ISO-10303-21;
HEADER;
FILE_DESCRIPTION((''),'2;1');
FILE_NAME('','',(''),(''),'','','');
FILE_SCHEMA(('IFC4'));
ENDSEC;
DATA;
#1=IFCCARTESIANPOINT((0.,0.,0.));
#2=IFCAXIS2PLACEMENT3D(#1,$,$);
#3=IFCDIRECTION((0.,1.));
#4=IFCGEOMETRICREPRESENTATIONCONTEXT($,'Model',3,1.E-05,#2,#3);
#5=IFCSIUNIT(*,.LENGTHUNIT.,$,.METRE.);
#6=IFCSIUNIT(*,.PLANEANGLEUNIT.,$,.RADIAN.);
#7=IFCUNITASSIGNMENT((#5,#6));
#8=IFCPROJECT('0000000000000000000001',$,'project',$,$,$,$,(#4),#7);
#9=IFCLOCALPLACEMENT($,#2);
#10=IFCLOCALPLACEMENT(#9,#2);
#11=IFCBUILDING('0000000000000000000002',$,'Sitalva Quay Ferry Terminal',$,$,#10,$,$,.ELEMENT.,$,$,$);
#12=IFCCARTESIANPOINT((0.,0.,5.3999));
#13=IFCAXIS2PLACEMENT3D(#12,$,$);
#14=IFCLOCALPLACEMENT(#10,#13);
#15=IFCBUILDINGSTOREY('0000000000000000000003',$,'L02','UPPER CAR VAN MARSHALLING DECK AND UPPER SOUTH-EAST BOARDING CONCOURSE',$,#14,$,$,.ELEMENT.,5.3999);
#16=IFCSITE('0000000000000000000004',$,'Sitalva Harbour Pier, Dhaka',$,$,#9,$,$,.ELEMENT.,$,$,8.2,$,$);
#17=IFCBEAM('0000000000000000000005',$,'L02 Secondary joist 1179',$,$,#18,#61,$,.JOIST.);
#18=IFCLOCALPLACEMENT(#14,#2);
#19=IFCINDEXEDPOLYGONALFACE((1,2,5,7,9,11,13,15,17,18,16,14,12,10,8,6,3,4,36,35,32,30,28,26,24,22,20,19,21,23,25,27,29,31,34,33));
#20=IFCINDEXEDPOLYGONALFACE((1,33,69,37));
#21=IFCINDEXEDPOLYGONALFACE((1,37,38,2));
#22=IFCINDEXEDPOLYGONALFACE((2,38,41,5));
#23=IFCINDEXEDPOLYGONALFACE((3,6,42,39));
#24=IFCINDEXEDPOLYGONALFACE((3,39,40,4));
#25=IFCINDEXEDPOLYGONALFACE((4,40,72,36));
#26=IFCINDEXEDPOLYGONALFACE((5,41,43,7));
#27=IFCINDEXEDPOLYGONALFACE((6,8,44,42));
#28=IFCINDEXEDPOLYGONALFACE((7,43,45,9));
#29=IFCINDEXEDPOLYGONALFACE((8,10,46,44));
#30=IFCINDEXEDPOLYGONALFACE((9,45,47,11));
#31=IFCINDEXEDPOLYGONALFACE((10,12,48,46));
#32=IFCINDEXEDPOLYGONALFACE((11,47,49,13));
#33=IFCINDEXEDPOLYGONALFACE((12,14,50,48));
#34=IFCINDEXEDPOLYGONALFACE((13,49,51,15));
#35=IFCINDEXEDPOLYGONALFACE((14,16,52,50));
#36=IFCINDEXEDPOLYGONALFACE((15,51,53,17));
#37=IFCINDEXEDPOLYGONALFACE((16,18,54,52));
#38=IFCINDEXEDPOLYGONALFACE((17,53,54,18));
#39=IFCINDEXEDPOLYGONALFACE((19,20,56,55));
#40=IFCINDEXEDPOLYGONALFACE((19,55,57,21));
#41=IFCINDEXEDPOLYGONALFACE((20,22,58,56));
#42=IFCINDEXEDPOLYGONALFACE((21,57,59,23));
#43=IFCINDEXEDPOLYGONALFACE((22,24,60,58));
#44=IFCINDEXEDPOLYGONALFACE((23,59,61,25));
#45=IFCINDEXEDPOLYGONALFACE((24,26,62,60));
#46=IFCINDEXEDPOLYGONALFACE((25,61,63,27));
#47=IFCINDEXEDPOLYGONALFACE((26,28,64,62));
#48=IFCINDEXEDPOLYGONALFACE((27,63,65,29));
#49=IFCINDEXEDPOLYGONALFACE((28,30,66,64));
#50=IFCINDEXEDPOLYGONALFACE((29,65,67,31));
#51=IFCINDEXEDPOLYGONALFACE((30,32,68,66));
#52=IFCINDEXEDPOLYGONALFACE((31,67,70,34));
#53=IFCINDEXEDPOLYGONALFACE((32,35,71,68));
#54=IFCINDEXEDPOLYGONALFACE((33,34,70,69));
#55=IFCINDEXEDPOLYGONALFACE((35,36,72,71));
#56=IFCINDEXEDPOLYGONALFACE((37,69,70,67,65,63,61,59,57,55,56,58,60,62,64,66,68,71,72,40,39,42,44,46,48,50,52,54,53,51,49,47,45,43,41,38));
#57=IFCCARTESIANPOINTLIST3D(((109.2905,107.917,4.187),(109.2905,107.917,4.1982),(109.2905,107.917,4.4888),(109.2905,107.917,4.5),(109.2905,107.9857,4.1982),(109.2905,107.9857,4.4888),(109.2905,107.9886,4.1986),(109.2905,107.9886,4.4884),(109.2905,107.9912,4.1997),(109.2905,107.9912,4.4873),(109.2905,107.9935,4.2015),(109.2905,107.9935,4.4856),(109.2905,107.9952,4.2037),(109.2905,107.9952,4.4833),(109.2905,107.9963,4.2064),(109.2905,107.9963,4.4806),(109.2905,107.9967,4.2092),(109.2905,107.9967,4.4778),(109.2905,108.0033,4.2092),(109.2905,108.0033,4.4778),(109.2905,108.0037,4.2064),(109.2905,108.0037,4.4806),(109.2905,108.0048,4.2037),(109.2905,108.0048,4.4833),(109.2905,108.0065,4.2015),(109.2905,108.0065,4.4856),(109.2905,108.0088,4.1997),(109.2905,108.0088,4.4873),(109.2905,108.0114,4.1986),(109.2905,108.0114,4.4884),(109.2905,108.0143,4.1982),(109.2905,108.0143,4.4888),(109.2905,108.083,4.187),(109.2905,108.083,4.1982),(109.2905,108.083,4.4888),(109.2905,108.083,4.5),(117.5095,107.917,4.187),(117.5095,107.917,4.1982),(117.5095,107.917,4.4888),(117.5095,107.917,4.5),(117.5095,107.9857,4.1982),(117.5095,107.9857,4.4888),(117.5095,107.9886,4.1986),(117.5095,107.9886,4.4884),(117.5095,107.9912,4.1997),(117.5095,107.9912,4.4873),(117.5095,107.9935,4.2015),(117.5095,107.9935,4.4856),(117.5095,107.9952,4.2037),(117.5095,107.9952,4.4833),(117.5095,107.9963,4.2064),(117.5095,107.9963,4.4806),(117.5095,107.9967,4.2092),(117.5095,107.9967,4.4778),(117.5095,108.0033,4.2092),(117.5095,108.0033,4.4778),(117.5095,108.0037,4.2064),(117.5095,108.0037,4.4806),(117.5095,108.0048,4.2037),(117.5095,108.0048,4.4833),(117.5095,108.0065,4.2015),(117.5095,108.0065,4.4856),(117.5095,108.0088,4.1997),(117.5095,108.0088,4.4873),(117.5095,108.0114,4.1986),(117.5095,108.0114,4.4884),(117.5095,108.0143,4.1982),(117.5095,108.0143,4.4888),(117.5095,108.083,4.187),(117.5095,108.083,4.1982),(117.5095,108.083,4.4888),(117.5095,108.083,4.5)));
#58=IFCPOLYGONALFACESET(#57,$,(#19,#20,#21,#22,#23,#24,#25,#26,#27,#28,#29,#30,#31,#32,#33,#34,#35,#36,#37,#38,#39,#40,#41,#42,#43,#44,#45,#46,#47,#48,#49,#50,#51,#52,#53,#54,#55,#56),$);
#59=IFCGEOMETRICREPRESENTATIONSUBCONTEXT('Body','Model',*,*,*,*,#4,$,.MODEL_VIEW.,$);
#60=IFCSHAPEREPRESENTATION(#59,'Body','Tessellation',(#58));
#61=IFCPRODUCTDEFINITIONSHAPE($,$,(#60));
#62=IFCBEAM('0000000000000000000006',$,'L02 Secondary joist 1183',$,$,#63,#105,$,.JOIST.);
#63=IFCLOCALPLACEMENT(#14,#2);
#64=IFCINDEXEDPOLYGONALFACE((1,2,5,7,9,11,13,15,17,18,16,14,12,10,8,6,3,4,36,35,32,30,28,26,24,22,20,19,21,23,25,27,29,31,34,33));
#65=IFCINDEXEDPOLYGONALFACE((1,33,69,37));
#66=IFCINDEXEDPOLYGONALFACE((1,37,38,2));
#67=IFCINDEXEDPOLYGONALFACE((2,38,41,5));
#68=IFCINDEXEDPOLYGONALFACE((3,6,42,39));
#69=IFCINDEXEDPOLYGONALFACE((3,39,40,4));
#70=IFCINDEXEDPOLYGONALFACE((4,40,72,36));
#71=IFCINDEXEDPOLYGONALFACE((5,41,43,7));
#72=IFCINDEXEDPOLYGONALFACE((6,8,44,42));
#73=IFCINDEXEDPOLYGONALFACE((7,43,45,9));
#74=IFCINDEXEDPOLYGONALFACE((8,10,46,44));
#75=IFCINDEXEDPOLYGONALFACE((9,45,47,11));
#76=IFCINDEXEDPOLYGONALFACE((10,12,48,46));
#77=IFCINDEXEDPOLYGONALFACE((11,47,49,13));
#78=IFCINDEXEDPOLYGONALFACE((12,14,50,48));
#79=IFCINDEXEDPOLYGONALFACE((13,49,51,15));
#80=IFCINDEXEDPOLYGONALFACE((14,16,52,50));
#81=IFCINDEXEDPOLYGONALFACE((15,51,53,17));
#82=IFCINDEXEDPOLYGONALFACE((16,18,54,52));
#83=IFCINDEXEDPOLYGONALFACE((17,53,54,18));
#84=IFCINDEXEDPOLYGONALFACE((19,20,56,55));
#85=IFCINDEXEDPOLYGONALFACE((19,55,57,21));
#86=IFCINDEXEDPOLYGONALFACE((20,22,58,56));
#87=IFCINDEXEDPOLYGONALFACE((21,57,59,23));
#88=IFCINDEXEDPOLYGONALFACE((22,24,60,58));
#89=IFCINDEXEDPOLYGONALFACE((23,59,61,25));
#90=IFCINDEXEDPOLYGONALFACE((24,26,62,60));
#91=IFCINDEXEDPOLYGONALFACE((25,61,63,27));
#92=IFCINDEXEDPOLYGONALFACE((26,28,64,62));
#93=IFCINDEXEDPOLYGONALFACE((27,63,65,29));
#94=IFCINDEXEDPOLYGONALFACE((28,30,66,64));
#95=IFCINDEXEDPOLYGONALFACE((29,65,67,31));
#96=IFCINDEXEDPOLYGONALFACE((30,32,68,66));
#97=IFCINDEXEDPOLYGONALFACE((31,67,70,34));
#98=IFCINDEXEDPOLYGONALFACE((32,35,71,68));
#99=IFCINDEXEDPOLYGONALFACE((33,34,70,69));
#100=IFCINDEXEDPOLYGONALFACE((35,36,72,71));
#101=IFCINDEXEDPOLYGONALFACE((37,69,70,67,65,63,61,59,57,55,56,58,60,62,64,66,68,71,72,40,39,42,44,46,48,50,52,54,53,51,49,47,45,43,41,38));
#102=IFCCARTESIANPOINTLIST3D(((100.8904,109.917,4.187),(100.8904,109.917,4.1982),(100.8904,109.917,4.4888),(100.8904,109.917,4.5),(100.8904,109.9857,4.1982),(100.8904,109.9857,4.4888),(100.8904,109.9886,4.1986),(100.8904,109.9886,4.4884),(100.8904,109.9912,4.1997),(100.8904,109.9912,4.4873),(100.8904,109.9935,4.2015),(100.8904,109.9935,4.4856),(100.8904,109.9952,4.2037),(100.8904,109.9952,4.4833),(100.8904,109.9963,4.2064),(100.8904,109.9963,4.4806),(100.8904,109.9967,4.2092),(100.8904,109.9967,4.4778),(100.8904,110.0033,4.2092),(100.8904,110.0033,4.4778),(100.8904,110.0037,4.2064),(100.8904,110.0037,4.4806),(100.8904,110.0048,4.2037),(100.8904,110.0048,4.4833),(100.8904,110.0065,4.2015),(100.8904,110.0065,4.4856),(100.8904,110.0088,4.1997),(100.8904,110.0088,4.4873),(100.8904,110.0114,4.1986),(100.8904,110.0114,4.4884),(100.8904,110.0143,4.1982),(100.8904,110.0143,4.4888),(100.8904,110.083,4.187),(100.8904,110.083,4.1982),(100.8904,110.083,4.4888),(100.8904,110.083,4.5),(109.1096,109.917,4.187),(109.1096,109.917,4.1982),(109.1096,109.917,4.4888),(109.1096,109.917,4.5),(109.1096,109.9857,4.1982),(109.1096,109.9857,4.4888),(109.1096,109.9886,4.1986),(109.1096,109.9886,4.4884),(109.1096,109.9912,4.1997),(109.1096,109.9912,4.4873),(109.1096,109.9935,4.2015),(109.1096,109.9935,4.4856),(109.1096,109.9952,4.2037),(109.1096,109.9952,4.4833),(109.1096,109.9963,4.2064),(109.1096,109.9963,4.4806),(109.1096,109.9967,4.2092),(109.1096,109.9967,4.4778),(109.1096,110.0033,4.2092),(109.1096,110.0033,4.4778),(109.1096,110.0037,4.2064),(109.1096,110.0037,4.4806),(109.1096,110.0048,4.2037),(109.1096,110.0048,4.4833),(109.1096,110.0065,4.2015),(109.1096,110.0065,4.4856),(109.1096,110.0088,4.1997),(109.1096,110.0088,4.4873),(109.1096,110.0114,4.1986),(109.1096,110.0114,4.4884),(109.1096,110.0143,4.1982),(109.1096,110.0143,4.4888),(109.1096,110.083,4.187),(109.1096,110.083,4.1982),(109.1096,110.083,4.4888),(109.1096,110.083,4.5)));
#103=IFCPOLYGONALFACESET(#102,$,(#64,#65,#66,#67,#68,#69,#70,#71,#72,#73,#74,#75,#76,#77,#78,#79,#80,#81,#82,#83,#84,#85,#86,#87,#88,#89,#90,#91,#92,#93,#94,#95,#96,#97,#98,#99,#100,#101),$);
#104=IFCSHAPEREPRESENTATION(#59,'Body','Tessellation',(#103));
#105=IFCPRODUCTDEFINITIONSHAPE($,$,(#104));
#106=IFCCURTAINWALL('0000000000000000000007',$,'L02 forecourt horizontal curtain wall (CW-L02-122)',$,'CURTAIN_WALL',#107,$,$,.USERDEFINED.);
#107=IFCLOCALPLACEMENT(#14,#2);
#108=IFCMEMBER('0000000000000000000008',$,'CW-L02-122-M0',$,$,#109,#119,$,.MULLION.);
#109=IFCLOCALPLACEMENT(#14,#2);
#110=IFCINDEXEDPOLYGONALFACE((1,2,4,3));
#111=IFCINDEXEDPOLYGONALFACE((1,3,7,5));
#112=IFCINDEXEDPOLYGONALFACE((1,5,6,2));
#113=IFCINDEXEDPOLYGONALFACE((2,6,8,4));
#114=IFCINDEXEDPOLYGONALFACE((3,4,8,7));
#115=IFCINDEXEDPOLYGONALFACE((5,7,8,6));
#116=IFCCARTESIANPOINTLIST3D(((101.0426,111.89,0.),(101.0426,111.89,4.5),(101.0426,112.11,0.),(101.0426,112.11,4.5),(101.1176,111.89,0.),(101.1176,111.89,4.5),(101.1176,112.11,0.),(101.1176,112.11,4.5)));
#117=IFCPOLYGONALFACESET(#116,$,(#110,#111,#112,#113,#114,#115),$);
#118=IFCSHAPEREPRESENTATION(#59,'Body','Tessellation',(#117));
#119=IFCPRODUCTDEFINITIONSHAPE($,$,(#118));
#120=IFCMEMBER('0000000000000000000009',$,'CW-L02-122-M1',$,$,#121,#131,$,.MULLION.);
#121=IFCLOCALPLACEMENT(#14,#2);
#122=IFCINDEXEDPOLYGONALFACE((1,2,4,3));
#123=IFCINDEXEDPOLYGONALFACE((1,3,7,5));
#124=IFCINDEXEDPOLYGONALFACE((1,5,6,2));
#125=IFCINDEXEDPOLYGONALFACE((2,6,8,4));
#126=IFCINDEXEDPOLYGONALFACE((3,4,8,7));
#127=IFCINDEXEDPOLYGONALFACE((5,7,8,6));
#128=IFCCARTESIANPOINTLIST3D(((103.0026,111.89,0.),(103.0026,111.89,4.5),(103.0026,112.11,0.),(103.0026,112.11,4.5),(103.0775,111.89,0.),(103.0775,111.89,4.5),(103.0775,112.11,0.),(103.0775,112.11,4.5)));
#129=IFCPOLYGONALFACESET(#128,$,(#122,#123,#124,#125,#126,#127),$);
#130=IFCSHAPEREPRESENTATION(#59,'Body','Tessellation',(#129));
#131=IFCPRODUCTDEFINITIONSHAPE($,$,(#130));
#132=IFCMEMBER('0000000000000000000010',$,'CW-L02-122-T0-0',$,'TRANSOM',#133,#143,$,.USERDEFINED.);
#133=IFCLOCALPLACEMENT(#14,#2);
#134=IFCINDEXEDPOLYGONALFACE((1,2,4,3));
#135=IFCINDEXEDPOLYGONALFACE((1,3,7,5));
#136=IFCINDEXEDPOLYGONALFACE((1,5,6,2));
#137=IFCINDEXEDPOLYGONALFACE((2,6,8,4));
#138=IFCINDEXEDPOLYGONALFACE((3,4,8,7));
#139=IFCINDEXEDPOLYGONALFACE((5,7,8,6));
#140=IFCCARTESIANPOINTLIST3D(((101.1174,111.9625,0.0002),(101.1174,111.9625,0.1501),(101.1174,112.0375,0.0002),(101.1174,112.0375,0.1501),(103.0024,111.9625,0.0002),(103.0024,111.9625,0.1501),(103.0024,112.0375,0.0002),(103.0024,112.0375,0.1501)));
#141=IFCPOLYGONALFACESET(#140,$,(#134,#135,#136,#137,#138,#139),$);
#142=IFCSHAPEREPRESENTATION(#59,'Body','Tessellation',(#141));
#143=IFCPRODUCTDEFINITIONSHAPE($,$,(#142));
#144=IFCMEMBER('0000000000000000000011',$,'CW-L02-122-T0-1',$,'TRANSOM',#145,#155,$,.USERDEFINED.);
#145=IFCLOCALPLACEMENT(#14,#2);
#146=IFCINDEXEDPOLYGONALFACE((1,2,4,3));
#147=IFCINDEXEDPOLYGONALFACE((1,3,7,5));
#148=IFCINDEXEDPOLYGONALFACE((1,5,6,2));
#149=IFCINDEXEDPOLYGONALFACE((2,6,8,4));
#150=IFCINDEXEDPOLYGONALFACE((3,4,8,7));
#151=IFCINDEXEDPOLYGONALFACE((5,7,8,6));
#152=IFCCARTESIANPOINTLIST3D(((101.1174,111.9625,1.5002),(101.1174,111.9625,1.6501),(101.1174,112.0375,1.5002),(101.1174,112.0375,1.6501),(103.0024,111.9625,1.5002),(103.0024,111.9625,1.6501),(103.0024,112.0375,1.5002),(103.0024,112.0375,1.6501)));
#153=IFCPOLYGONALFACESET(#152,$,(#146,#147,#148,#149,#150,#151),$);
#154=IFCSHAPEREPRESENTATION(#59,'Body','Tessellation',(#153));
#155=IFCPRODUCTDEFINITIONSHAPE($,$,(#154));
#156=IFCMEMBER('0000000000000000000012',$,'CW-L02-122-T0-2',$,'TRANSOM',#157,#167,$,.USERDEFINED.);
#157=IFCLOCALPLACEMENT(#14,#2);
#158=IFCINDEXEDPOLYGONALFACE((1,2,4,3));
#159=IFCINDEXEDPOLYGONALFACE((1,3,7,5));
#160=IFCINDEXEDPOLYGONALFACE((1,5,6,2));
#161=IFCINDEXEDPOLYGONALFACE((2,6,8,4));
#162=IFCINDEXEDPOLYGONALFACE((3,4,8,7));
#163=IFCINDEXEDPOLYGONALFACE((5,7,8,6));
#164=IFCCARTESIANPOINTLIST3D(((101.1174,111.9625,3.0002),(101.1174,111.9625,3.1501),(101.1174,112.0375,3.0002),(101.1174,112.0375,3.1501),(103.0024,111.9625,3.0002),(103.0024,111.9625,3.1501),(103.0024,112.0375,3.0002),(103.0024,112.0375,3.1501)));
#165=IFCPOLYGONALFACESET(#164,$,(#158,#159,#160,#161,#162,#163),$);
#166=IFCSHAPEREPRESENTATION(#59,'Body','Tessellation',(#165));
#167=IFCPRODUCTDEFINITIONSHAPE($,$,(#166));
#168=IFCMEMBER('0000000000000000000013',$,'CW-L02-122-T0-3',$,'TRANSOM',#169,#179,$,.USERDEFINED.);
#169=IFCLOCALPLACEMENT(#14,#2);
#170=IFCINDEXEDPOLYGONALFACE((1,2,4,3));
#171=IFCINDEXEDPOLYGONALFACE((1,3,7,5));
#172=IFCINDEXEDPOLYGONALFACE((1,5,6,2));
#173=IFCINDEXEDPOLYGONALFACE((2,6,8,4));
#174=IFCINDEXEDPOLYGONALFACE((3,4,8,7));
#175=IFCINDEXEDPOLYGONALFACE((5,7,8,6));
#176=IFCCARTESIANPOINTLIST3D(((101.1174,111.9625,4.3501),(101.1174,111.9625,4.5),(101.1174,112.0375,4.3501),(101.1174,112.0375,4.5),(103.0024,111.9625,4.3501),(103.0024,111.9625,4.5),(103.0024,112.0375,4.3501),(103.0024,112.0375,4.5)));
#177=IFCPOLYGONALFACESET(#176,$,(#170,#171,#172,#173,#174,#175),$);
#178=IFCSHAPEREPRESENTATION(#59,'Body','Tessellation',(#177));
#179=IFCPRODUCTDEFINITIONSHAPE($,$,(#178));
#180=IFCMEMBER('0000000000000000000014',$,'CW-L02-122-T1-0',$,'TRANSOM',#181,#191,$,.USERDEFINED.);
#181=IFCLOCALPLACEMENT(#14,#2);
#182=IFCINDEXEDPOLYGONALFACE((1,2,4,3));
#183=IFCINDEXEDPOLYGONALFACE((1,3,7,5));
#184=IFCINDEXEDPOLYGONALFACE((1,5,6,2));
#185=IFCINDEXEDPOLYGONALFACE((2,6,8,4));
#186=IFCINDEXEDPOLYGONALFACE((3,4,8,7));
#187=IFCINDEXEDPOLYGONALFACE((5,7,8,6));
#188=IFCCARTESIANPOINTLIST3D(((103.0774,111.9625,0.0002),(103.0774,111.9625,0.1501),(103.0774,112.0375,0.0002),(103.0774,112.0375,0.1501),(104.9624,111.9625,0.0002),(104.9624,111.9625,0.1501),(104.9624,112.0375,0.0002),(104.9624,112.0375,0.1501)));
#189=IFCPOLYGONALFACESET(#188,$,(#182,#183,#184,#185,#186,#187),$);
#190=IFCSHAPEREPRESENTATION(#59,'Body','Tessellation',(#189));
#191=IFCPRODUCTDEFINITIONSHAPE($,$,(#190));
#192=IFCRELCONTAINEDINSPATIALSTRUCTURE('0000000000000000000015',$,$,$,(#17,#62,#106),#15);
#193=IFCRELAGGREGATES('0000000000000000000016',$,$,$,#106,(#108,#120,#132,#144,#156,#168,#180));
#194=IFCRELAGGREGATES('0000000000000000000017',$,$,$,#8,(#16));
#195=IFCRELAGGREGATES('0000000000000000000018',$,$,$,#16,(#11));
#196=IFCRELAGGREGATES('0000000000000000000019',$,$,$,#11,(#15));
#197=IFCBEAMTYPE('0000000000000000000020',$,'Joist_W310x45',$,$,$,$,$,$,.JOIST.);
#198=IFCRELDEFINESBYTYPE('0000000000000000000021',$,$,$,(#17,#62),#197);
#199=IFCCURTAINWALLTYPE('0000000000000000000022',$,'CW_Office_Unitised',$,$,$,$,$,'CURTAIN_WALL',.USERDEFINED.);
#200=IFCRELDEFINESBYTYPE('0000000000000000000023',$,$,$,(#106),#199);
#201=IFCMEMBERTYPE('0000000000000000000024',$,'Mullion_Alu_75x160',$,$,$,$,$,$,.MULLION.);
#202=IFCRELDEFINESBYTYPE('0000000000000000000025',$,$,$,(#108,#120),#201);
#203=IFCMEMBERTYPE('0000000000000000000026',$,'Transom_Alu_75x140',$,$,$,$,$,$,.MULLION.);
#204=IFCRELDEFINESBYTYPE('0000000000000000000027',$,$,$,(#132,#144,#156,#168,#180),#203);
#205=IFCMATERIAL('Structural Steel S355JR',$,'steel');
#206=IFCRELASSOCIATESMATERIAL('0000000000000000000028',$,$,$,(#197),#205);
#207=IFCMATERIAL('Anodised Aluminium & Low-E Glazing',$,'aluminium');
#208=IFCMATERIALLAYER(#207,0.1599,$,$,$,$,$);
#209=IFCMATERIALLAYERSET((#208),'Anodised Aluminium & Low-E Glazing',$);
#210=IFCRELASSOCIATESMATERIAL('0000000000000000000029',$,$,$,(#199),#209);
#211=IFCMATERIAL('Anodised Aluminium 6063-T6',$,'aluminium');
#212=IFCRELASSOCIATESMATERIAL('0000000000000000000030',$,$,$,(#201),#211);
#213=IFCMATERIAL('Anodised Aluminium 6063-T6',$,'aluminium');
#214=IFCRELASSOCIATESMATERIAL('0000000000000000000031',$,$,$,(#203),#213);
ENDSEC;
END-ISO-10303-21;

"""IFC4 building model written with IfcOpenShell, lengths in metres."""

from ifc_helpers import new_model, si_unit, direction, frame, origin, origin_2d, place, context, subcontext, project, spatial, rectangle, i_section, extrude, material, layer, layer_set, material_profile, profile_set, type_object, element, aggregate, save


model = new_model("IFC4")

# Units and contexts
model_context = context("Model", 3, precision=1e-05, world=origin(), true_north=direction((0.0, 1.0)))
body_context = subcontext(model_context, "Body", "Model", "MODEL_VIEW")
ifc_project = project(units=[si_unit("LENGTHUNIT", "METRE"), si_unit("PLANEANGLEUNIT", "RADIAN")], contexts=[model_context])

# Site, building, storey
site_placement = place(None, origin())
site = spatial("IfcSite", under=ifc_project, at=site_placement, Name="Sitalva Harbour Pier, Dhaka", CompositionType="ELEMENT", RefElevation=8.2)
building_placement = place(site_placement, origin())
building = spatial("IfcBuilding", under=site, at=building_placement, Name="Sitalva Quay Ferry Terminal", CompositionType="ELEMENT")
storey_placement = place(building_placement, frame((0.0, 0.0, 5.3999)))
storey = spatial("IfcBuildingStorey", under=building, at=storey_placement, Name="L02", Description="UPPER CAR VAN MARSHALLING DECK AND UPPER SOUTH-EAST BOARDING CONCOURSE", CompositionType="ELEMENT", Elevation=5.3999)

# Beams
ifc_material_1 = material(Name="Structural Steel S355JR", Category="steel")
ifc_material_profile_1 = material_profile(ifc_material_1, i_section(OverallWidth=0.166, OverallDepth=0.313, WebThickness=0.0066, FlangeThickness=0.0112, FilletRadius=0.011, at=origin_2d()), Name="W310x45")
ifc_profile_set_1 = profile_set([ifc_material_profile_1], Name="Structural Steel S355JR")
beam_type_1 = type_object("IfcBeamType", Name="Joist_W310x45", PredefinedType="JOIST", material=ifc_profile_set_1)
beam_1_placement = place(storey_placement, frame((109.2905, 108.0, 4.3435), z_axis=(1.0, 0.0, 0.0), x_axis=(0.0, 1.0, 0.0)))
element("IfcBeam", 1, at=beam_1_placement, inside=storey, type_object=beam_type_1, Name="L02 Secondary joist 1179", PredefinedType="JOIST", context=body_context, shape_type="SweptSolid", body=[
    extrude(i_section(OverallWidth=0.166, OverallDepth=0.313, WebThickness=0.0066, FlangeThickness=0.0112, FilletRadius=0.011, at=origin_2d()), origin(), (0.0, 0.0, 1.0), 8.219),
])
beam_2_placement = place(storey_placement, frame((100.8904, 110.0, 4.3435), z_axis=(1.0, 0.0, 0.0), x_axis=(0.0, 1.0, 0.0)))
element("IfcBeam", 2, at=beam_2_placement, inside=storey, type_object=beam_type_1, Name="L02 Secondary joist 1183", PredefinedType="JOIST", context=body_context, shape_type="SweptSolid", body=[
    extrude(i_section(OverallWidth=0.166, OverallDepth=0.313, WebThickness=0.0066, FlangeThickness=0.0112, FilletRadius=0.011, at=origin_2d()), origin(), (0.0, 0.0, 1.0), 8.2192),
])

# Curtain wall, members
ifc_material_2 = material(Name="Anodised Aluminium & Low-E Glazing", Category="aluminium")
ifc_layer_1 = layer(ifc_material_2, 0.1599)
ifc_layer_set_1 = layer_set([ifc_layer_1], Name="Anodised Aluminium & Low-E Glazing")
curtain_wall_type = type_object("IfcCurtainWallType", Name="CW_Office_Unitised", ElementType="CURTAIN_WALL", PredefinedType="USERDEFINED", material=ifc_layer_set_1)
curtain_wall_placement = place(storey_placement, origin())
curtain_wall = element("IfcCurtainWall", 3, at=curtain_wall_placement, inside=storey, type_object=curtain_wall_type, Name="L02 forecourt horizontal curtain wall (CW-L02-122)", ObjectType="CURTAIN_WALL", PredefinedType="USERDEFINED")
ifc_material_3 = material(Name="Anodised Aluminium 6063-T6", Category="aluminium")
ifc_material_profile_2 = material_profile(ifc_material_3, rectangle(XDim=0.075, YDim=0.22, at=origin_2d()), Name="ALU75x220")
ifc_profile_set_2 = profile_set([ifc_material_profile_2], Name="Anodised Aluminium 6063-T6")
member_type_1 = type_object("IfcMemberType", Name="Mullion_Alu_75x160", PredefinedType="MULLION", material=ifc_profile_set_2)
member_1_placement = place(storey_placement, frame((101.0801, 112.0, 0.0), z_axis=(0.0, 0.0, 1.0), x_axis=(1.0, 0.0, 0.0)))
member_1 = element("IfcMember", 4, at=member_1_placement, type_object=member_type_1, Name="CW-L02-122-M0", PredefinedType="MULLION", context=body_context, shape_type="SweptSolid", body=[
    extrude(rectangle(XDim=0.075, YDim=0.22, at=origin_2d()), origin(), (0.0, 0.0, 1.0), 4.5),
])
member_2_placement = place(storey_placement, frame((103.04, 112.0, 0.0), z_axis=(0.0, 0.0, 1.0), x_axis=(1.0, 0.0, 0.0)))
member_2 = element("IfcMember", 5, at=member_2_placement, type_object=member_type_1, Name="CW-L02-122-M1", PredefinedType="MULLION", context=body_context, shape_type="SweptSolid", body=[
    extrude(rectangle(XDim=0.075, YDim=0.22, at=origin_2d()), origin(), (0.0, 0.0, 1.0), 4.5),
])
ifc_material_4 = material(Name="Anodised Aluminium 6063-T6", Category="aluminium")
ifc_material_profile_3 = material_profile(ifc_material_4, rectangle(XDim=0.075, YDim=0.1499, at=origin_2d()), Name="ALU75x150")
ifc_profile_set_3 = profile_set([ifc_material_profile_3], Name="Anodised Aluminium 6063-T6")
member_type_2 = type_object("IfcMemberType", Name="Transom_Alu_75x140", PredefinedType="MULLION", material=ifc_profile_set_3)
member_3_placement = place(storey_placement, frame((101.1174, 112.0, 0.0752), z_axis=(1.0, 0.0, 0.0), x_axis=(0.0, 1.0, 0.0)))
member_3 = element("IfcMember", 6, at=member_3_placement, type_object=member_type_2, Name="CW-L02-122-T0-0", ObjectType="TRANSOM", PredefinedType="USERDEFINED", context=body_context, shape_type="SweptSolid", body=[
    extrude(rectangle(XDim=0.075, YDim=0.1499, at=origin_2d()), origin(), (0.0, 0.0, 1.0), 1.885),
])
member_4_placement = place(storey_placement, frame((101.1174, 112.0, 1.5752), z_axis=(1.0, 0.0, 0.0), x_axis=(0.0, 1.0, 0.0)))
member_4 = element("IfcMember", 7, at=member_4_placement, type_object=member_type_2, Name="CW-L02-122-T0-1", ObjectType="TRANSOM", PredefinedType="USERDEFINED", context=body_context, shape_type="SweptSolid", body=[
    extrude(rectangle(XDim=0.075, YDim=0.1499, at=origin_2d()), origin(), (0.0, 0.0, 1.0), 1.885),
])
member_5_placement = place(storey_placement, frame((101.1174, 112.0, 3.0752), z_axis=(1.0, 0.0, 0.0), x_axis=(0.0, 1.0, 0.0)))
member_5 = element("IfcMember", 8, at=member_5_placement, type_object=member_type_2, Name="CW-L02-122-T0-2", ObjectType="TRANSOM", PredefinedType="USERDEFINED", context=body_context, shape_type="SweptSolid", body=[
    extrude(rectangle(XDim=0.075, YDim=0.1499, at=origin_2d()), origin(), (0.0, 0.0, 1.0), 1.885),
])
member_6_placement = place(storey_placement, frame((101.1174, 112.0, 4.425), z_axis=(1.0, 0.0, 0.0), x_axis=(0.0, 1.0, 0.0)))
member_6 = element("IfcMember", 9, at=member_6_placement, type_object=member_type_2, Name="CW-L02-122-T0-3", ObjectType="TRANSOM", PredefinedType="USERDEFINED", context=body_context, shape_type="SweptSolid", body=[
    extrude(rectangle(XDim=0.075, YDim=0.1499, at=origin_2d()), origin(), (0.0, 0.0, 1.0), 1.885),
])
member_7_placement = place(storey_placement, frame((103.0774, 112.0, 0.0752), z_axis=(1.0, 0.0, 0.0), x_axis=(0.0, 1.0, 0.0)))
member_7 = element("IfcMember", 10, at=member_7_placement, type_object=member_type_2, Name="CW-L02-122-T1-0", ObjectType="TRANSOM", PredefinedType="USERDEFINED", context=body_context, shape_type="SweptSolid", body=[
    extrude(rectangle(XDim=0.075, YDim=0.1499, at=origin_2d()), origin(), (0.0, 0.0, 1.0), 1.885),
])
aggregate(curtain_wall, [member_1, member_2, member_3, member_4, member_5, member_6, member_7])

save(model, "model.ifc")
